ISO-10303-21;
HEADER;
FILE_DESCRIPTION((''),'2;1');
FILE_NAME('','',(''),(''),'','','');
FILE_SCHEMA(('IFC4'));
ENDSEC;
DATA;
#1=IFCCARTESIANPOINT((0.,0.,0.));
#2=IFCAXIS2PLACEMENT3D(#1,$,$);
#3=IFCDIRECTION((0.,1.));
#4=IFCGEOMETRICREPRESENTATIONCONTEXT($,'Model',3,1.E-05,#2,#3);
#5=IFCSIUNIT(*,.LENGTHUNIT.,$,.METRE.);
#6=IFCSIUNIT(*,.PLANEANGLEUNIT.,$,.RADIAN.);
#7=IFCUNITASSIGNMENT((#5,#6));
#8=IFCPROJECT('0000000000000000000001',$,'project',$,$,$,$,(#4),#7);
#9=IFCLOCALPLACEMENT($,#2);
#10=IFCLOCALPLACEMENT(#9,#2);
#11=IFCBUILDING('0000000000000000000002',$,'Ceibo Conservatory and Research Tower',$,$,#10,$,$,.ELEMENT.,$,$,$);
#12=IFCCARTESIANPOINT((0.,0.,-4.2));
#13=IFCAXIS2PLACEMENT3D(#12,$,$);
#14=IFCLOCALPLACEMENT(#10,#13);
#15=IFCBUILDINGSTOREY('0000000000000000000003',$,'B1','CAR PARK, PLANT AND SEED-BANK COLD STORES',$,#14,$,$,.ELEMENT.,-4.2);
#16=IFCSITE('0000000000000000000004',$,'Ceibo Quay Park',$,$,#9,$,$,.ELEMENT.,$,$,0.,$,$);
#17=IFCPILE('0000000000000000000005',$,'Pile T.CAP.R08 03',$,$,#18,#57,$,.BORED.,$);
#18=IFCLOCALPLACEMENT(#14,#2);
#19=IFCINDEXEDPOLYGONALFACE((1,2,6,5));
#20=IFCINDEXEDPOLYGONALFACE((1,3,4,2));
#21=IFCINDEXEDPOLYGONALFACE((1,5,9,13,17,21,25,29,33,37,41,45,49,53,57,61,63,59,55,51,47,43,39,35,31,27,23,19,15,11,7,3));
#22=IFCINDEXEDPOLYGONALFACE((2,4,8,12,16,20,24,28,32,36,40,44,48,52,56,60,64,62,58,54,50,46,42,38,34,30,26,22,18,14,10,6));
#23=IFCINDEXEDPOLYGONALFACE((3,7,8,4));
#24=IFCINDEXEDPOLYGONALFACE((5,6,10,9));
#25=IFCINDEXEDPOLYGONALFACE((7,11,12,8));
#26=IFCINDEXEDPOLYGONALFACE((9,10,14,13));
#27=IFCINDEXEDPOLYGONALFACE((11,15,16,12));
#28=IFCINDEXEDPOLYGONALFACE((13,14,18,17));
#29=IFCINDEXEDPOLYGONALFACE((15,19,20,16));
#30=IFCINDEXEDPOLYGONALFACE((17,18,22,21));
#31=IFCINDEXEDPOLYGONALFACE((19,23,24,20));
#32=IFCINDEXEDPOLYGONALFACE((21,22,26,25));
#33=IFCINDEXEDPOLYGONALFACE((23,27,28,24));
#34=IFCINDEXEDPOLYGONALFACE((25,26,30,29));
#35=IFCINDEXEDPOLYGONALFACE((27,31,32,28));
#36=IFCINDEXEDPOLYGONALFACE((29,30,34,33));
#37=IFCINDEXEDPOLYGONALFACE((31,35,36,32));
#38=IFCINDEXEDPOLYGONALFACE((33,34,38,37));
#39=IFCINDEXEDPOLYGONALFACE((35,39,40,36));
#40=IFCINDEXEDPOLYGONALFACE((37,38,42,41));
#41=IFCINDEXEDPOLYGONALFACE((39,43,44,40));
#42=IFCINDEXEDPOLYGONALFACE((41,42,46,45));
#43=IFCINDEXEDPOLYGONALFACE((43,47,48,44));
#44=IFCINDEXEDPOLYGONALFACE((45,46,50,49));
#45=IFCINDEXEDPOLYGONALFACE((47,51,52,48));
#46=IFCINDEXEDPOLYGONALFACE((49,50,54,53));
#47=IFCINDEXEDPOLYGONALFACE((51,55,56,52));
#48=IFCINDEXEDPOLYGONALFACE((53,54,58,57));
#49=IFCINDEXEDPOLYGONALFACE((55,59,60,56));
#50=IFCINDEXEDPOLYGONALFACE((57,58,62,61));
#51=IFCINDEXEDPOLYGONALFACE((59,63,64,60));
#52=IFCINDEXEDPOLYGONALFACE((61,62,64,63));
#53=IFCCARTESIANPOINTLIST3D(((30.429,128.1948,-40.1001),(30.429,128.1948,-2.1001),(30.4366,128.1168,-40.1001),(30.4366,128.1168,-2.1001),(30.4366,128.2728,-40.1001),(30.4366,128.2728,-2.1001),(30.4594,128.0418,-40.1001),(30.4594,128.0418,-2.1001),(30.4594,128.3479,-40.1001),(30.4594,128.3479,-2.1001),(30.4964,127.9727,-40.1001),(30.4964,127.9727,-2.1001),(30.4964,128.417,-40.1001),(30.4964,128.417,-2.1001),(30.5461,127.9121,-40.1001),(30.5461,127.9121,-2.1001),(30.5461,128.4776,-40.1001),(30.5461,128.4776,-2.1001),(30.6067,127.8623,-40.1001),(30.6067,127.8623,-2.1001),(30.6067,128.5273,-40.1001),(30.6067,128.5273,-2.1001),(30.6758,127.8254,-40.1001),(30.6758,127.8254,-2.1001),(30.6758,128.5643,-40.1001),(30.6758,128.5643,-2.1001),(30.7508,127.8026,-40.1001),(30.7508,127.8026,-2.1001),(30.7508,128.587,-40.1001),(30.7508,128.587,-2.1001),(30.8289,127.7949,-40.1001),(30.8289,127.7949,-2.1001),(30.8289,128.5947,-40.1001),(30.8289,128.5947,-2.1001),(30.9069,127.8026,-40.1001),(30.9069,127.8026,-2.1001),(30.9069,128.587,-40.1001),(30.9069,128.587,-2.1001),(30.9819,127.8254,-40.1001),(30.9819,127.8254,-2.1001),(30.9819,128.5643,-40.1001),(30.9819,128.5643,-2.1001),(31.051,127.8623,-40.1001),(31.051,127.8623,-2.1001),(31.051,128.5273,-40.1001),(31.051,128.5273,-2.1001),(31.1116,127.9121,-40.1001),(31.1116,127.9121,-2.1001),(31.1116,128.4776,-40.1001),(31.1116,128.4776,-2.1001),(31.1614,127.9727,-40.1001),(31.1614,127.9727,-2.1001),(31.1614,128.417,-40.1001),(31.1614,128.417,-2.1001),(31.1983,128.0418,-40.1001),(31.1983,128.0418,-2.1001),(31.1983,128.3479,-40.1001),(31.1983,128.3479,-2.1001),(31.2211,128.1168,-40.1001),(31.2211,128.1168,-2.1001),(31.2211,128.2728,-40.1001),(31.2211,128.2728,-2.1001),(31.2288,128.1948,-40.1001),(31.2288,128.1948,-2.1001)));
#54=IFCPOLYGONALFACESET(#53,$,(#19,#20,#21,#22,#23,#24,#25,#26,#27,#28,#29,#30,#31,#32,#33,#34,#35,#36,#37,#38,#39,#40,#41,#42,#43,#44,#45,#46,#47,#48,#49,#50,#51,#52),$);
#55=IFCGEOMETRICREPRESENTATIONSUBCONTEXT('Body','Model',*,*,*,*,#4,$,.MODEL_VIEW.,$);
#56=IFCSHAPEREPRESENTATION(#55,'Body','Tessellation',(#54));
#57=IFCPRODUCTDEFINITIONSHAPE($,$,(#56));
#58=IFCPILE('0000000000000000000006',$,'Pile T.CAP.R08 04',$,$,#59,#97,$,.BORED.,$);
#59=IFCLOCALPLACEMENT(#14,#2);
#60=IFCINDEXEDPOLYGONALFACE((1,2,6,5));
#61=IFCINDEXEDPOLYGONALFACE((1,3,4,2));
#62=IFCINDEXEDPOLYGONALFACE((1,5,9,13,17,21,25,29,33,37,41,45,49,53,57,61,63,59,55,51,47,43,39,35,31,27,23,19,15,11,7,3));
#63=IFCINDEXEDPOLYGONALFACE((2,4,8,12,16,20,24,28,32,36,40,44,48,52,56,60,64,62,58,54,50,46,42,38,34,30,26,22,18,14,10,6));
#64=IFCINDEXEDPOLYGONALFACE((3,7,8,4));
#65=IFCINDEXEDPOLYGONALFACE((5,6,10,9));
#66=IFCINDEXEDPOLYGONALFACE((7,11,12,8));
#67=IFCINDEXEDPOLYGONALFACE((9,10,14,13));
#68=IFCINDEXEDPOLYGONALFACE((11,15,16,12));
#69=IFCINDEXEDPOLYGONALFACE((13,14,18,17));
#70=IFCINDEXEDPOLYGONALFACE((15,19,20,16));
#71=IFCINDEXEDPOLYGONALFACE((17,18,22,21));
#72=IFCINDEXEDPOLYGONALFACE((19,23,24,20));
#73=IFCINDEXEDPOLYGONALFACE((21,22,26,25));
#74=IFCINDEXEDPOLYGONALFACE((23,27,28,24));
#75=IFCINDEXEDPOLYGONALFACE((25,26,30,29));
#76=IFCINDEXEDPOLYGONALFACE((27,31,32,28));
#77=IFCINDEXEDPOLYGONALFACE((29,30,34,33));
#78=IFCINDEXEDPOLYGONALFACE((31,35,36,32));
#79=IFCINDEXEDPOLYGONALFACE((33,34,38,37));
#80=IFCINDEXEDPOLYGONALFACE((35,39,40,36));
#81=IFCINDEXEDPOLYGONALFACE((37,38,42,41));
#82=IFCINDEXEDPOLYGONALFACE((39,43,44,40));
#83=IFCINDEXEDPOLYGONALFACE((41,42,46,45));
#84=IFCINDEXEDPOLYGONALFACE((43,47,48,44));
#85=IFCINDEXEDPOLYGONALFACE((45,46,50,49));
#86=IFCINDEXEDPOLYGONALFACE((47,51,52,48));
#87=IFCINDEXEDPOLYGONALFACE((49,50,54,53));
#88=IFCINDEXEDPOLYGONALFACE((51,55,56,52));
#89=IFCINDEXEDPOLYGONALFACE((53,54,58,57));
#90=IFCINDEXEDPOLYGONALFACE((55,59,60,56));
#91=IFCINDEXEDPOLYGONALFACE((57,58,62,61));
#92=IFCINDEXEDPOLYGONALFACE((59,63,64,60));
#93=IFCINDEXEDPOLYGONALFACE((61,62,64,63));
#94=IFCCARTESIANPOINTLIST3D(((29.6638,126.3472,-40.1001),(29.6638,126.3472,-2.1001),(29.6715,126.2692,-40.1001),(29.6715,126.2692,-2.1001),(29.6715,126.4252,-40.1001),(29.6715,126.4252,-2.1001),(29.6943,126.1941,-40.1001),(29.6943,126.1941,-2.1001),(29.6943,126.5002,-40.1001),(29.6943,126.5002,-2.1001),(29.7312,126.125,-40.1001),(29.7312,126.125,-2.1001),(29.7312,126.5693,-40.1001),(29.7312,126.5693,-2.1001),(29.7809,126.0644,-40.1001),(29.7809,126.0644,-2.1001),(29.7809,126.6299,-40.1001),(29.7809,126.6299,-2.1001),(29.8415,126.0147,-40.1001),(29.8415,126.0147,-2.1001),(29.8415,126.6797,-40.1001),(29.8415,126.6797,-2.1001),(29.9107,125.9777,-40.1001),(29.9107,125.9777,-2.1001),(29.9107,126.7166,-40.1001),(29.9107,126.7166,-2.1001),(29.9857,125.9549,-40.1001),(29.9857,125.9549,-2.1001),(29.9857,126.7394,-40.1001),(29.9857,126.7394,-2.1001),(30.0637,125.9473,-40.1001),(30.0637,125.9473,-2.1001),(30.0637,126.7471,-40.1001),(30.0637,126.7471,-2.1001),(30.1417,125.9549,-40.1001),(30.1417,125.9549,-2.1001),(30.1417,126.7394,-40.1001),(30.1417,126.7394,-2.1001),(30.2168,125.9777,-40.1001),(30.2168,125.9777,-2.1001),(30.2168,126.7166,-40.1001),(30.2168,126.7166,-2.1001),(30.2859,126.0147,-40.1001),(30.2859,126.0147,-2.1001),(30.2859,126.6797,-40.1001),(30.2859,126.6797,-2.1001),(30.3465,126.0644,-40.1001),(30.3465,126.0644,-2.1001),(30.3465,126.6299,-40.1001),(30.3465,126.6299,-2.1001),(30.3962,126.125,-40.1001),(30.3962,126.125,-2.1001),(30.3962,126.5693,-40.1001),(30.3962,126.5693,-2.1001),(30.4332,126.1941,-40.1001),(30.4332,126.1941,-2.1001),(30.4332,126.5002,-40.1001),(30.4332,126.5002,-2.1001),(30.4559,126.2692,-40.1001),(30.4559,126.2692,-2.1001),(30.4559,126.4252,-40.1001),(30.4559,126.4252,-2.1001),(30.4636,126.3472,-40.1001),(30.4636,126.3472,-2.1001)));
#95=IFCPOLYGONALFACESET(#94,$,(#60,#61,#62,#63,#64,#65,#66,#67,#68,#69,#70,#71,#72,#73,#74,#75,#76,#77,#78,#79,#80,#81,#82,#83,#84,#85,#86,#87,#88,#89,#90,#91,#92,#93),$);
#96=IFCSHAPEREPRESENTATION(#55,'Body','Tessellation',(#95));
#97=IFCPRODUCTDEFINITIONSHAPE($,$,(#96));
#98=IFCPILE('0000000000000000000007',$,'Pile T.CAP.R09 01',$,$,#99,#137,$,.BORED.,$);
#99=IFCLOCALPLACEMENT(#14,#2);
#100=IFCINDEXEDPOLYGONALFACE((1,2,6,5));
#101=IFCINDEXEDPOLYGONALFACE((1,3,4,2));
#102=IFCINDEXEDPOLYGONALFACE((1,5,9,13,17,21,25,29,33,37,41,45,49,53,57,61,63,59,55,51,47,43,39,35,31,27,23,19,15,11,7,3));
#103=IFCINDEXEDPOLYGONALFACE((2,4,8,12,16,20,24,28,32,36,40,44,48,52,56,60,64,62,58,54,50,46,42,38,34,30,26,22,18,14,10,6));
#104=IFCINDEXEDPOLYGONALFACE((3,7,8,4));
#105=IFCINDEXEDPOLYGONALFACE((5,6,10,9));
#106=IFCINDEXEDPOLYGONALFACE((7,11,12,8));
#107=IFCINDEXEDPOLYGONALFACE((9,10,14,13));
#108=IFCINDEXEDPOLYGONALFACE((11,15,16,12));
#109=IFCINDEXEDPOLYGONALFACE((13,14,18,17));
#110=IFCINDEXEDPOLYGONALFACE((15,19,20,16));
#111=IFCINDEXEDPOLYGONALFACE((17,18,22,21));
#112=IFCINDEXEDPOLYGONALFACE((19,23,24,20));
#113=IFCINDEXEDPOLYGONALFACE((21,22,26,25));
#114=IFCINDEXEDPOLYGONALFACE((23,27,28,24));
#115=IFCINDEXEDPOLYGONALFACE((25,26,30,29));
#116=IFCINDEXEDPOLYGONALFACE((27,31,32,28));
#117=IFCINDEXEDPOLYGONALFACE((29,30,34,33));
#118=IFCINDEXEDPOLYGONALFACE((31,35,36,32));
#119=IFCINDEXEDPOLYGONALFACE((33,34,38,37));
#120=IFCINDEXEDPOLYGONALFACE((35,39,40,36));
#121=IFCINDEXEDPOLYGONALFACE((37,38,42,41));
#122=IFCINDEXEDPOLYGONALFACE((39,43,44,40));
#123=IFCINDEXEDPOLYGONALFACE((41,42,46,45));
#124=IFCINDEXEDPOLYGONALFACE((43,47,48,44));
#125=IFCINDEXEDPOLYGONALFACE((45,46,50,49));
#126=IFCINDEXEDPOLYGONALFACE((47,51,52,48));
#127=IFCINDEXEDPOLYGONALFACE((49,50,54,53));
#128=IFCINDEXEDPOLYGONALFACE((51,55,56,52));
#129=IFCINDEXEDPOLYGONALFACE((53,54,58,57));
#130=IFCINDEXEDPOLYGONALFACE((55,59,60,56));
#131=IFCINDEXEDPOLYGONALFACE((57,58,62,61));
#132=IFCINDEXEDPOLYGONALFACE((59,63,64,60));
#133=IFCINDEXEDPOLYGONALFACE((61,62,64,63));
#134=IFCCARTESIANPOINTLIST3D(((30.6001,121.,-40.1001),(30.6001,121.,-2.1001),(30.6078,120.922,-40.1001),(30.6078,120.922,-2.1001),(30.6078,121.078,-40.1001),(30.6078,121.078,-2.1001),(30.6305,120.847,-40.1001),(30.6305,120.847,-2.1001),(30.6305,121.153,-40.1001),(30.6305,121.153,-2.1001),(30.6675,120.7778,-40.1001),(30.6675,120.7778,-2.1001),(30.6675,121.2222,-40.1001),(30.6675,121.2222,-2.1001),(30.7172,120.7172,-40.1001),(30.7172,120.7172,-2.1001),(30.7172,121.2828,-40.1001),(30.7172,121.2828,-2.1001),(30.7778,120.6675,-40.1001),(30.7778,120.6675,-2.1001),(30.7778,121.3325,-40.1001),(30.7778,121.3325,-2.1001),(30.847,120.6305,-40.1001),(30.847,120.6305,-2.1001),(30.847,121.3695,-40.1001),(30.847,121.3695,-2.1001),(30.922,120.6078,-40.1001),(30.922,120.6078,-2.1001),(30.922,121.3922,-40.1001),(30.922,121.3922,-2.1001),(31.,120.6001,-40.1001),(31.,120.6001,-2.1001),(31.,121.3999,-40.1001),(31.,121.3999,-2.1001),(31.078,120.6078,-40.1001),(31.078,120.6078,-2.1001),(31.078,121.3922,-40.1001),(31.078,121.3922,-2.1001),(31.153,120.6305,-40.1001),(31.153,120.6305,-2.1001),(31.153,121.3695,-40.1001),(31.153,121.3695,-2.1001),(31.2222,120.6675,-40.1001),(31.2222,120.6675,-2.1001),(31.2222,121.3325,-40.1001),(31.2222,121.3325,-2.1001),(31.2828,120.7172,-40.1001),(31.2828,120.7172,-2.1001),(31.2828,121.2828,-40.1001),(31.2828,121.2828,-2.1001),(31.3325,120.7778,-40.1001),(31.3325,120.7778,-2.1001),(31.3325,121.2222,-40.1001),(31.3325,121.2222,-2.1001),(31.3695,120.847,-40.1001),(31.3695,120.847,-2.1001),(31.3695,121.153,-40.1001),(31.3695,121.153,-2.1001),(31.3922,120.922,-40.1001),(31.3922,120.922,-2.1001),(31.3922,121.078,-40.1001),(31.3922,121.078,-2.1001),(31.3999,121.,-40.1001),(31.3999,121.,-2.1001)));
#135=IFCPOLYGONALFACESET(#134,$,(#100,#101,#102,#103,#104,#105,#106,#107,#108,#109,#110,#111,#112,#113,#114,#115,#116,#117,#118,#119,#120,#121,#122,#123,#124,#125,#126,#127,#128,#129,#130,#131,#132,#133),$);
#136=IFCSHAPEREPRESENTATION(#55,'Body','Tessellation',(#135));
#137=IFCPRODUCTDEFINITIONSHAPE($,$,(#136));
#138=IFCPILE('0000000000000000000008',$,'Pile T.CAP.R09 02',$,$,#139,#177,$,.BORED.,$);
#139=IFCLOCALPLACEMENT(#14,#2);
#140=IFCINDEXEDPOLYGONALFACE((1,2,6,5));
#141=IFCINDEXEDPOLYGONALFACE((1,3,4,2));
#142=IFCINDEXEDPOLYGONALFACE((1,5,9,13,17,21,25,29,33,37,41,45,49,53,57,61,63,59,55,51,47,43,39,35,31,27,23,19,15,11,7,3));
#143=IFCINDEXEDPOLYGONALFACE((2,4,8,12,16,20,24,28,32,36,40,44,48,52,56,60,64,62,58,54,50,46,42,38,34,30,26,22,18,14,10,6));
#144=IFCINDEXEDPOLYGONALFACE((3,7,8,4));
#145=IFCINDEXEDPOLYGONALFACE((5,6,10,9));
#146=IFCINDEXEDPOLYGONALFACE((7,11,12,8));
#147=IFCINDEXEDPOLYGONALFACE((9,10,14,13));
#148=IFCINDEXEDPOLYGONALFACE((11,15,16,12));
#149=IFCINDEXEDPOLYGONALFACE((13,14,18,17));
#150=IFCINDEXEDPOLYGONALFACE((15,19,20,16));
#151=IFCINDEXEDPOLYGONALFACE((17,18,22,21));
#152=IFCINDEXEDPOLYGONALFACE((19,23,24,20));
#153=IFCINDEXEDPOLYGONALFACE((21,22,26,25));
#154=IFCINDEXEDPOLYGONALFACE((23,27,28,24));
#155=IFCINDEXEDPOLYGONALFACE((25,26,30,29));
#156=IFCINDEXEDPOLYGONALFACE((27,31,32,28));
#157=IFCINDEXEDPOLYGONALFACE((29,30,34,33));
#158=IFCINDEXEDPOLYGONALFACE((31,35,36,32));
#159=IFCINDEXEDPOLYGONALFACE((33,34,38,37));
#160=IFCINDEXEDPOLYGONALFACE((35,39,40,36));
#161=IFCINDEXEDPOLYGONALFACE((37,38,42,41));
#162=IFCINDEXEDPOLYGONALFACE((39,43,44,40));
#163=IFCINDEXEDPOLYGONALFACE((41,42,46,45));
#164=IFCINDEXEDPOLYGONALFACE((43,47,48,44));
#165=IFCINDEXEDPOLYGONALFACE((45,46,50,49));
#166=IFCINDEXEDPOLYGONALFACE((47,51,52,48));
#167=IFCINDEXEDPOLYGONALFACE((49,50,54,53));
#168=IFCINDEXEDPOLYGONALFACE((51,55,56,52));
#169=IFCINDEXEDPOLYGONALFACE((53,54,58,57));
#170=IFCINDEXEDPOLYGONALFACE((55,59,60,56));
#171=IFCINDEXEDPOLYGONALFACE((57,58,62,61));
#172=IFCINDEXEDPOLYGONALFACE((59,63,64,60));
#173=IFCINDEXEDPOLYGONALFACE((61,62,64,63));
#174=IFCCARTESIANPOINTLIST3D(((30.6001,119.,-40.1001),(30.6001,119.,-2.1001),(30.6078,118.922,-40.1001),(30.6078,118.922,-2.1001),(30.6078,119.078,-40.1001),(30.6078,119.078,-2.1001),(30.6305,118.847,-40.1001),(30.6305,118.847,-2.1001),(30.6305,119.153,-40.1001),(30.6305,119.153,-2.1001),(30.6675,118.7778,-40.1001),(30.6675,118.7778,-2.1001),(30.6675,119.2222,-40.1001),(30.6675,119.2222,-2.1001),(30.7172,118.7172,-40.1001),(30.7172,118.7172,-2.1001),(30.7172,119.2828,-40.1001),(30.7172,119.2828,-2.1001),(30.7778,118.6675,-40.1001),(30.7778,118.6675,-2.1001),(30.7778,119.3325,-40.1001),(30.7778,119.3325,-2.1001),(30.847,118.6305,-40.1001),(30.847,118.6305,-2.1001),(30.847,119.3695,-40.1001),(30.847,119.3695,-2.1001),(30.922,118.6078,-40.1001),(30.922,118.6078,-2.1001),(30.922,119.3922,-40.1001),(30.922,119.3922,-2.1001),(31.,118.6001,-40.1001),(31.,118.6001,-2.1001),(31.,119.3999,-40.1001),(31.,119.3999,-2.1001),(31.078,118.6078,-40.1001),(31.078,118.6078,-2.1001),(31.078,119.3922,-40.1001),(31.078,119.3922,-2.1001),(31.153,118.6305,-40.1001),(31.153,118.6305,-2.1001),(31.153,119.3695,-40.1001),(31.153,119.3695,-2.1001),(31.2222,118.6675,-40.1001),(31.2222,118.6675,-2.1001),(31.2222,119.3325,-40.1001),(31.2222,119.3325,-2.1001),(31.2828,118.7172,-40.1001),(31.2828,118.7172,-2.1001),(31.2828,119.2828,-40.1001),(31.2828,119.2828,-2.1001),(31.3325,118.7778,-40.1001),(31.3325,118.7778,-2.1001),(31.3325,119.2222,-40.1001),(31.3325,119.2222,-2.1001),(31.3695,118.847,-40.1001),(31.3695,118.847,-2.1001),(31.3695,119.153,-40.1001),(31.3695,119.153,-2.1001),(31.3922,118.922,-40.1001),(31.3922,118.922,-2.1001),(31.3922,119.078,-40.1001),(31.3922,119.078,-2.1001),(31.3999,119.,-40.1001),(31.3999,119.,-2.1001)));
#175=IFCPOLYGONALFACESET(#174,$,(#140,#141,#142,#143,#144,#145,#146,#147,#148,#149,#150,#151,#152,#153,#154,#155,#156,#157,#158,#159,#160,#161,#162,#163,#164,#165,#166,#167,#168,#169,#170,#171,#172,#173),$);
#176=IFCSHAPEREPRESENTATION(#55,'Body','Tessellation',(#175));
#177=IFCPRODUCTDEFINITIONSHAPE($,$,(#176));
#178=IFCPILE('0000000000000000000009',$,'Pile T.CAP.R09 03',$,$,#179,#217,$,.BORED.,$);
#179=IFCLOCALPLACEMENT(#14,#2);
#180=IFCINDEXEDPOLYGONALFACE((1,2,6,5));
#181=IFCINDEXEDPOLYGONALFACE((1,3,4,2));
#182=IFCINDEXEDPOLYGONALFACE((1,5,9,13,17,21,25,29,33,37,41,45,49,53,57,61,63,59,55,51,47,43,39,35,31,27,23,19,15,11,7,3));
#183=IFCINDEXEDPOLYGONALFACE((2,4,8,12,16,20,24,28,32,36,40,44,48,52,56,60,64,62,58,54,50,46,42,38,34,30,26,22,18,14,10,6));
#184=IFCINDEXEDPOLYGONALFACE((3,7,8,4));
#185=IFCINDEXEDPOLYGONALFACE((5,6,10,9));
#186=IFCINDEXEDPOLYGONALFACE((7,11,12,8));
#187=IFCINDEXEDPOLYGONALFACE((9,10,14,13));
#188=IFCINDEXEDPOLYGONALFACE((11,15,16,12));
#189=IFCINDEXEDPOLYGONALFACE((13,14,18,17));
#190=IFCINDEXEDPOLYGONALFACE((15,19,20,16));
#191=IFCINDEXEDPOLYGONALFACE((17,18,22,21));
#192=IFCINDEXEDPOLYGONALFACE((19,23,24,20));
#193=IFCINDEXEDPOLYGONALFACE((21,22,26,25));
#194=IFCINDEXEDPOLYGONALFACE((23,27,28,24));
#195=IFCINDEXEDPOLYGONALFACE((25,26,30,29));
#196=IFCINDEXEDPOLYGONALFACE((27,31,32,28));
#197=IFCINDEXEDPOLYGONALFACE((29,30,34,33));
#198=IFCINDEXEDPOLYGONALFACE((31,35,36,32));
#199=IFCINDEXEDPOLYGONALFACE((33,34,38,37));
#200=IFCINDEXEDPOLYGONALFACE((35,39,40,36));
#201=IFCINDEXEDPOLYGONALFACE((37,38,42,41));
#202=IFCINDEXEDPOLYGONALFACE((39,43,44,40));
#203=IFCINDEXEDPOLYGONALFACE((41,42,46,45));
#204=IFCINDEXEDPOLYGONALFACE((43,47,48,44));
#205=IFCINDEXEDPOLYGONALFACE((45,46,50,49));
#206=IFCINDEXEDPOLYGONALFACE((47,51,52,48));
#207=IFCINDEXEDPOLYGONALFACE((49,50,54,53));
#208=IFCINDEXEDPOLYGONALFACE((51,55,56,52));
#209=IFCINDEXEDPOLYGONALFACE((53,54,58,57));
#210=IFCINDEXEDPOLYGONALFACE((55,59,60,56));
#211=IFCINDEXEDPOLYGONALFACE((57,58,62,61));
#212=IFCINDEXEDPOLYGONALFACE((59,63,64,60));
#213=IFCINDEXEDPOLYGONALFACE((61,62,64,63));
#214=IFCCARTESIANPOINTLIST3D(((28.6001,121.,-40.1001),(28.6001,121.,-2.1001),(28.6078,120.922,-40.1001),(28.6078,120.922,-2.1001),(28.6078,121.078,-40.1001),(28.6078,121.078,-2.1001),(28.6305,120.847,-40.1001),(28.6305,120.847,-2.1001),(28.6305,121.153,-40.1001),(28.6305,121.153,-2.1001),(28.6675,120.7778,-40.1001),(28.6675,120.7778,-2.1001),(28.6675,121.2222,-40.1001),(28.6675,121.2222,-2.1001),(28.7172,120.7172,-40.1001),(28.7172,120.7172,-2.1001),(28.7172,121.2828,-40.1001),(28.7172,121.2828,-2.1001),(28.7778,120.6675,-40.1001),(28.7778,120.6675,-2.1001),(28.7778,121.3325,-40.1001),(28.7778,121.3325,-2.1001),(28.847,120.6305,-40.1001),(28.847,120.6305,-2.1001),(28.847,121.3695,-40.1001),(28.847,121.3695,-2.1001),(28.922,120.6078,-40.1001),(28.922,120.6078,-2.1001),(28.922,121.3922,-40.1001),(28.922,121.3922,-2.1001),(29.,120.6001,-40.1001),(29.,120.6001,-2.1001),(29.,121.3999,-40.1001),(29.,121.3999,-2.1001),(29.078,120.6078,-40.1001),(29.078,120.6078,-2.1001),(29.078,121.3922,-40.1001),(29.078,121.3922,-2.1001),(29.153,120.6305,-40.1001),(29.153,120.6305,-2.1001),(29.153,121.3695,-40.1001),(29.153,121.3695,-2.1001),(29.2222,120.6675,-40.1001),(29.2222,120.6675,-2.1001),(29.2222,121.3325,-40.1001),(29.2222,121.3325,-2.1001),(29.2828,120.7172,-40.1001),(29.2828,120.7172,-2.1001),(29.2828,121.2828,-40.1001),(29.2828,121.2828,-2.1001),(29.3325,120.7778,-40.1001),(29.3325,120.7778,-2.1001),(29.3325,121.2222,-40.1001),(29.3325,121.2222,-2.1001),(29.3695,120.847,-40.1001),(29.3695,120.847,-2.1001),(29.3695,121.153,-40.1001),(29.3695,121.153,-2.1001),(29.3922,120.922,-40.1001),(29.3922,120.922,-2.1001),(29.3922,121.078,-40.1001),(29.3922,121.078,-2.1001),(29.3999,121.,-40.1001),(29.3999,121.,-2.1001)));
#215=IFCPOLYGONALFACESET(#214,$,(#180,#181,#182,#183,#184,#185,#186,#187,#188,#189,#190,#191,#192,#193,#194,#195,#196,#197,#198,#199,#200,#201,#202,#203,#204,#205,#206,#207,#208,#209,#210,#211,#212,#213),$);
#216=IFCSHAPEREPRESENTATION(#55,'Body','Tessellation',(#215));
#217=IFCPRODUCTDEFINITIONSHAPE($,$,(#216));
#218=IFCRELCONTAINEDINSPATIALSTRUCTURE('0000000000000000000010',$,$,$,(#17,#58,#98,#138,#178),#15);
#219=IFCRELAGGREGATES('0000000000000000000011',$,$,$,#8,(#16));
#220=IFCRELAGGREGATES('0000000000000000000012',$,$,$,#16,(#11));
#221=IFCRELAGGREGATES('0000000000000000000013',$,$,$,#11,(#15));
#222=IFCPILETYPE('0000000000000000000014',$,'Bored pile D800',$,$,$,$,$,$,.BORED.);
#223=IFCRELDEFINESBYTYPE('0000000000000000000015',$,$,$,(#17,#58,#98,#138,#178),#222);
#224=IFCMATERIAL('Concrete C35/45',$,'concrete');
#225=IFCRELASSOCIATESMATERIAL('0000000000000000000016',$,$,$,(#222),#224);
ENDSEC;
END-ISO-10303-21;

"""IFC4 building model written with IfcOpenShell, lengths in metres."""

from ifc_helpers import new_model, si_unit, direction, frame, origin, origin_2d, place, context, subcontext, project, spatial, circle, extrude, material, material_profile, profile_set, type_object, element, save


model = new_model("IFC4")

# Units and contexts
model_context = context("Model", 3, precision=1e-05, world=origin(), true_north=direction((0.0, 1.0)))
body_context = subcontext(model_context, "Body", "Model", "MODEL_VIEW")
ifc_project = project(units=[si_unit("LENGTHUNIT", "METRE"), si_unit("PLANEANGLEUNIT", "RADIAN")], contexts=[model_context])

# Site, building, storey
site_placement = place(None, origin())
site = spatial("IfcSite", under=ifc_project, at=site_placement, Name="Ceibo Quay Park", CompositionType="ELEMENT", RefElevation=0.0)
building_placement = place(site_placement, origin())
building = spatial("IfcBuilding", under=site, at=building_placement, Name="Ceibo Conservatory and Research Tower", CompositionType="ELEMENT")
storey_placement = place(building_placement, frame((0.0, 0.0, -4.2)))
storey = spatial("IfcBuildingStorey", under=building, at=storey_placement, Name="B1", Description="CAR PARK, PLANT AND SEED-BANK COLD STORES", CompositionType="ELEMENT", Elevation=-4.2)

# Piles
ifc_material_1 = material(Name="Concrete C35/45", Category="concrete")
ifc_material_profile_1 = material_profile(ifc_material_1, circle(Radius=0.3999, at=origin_2d()), Name="RC D800")
ifc_profile_set_1 = profile_set([ifc_material_profile_1], Name="Concrete C35/45")
pile_type = type_object("IfcPileType", Name="Bored pile D800", PredefinedType="BORED", material=ifc_profile_set_1)
for number, where, z_axis, x_axis, name in (
    (1, (30.8289, 128.1948, -2.1001), (0.0, 0.0, -1.0), (1.0, 0.0, 0.0), "Pile T.CAP.R08 03"),
    (2, (30.0637, 126.3472, -2.1001), (0.0, 0.0, -1.0), (1.0, 0.0, 0.0), "Pile T.CAP.R08 04"),
    (3, (31.0, 121.0, -2.1001), (0.0, 0.0, -1.0), (1.0, 0.0, 0.0), "Pile T.CAP.R09 01"),
    (4, (31.0, 119.0, -2.1001), (0.0, 0.0, -1.0), (1.0, 0.0, 0.0), "Pile T.CAP.R09 02"),
    (5, (29.0, 121.0, -2.1001), (0.0, 0.0, -1.0), (1.0, 0.0, 0.0), "Pile T.CAP.R09 03"),
):
    element("IfcPile", number, at=place(storey_placement, frame(where, z_axis=z_axis, x_axis=x_axis)), inside=storey, type_object=pile_type, Name=name, PredefinedType="BORED", context=body_context, shape_type="SweptSolid", body=[
        extrude(circle(Radius=0.3999, at=origin_2d()), origin(), (0.0, 0.0, 1.0), 38.0),
    ])

save(model, "model.ifc")
